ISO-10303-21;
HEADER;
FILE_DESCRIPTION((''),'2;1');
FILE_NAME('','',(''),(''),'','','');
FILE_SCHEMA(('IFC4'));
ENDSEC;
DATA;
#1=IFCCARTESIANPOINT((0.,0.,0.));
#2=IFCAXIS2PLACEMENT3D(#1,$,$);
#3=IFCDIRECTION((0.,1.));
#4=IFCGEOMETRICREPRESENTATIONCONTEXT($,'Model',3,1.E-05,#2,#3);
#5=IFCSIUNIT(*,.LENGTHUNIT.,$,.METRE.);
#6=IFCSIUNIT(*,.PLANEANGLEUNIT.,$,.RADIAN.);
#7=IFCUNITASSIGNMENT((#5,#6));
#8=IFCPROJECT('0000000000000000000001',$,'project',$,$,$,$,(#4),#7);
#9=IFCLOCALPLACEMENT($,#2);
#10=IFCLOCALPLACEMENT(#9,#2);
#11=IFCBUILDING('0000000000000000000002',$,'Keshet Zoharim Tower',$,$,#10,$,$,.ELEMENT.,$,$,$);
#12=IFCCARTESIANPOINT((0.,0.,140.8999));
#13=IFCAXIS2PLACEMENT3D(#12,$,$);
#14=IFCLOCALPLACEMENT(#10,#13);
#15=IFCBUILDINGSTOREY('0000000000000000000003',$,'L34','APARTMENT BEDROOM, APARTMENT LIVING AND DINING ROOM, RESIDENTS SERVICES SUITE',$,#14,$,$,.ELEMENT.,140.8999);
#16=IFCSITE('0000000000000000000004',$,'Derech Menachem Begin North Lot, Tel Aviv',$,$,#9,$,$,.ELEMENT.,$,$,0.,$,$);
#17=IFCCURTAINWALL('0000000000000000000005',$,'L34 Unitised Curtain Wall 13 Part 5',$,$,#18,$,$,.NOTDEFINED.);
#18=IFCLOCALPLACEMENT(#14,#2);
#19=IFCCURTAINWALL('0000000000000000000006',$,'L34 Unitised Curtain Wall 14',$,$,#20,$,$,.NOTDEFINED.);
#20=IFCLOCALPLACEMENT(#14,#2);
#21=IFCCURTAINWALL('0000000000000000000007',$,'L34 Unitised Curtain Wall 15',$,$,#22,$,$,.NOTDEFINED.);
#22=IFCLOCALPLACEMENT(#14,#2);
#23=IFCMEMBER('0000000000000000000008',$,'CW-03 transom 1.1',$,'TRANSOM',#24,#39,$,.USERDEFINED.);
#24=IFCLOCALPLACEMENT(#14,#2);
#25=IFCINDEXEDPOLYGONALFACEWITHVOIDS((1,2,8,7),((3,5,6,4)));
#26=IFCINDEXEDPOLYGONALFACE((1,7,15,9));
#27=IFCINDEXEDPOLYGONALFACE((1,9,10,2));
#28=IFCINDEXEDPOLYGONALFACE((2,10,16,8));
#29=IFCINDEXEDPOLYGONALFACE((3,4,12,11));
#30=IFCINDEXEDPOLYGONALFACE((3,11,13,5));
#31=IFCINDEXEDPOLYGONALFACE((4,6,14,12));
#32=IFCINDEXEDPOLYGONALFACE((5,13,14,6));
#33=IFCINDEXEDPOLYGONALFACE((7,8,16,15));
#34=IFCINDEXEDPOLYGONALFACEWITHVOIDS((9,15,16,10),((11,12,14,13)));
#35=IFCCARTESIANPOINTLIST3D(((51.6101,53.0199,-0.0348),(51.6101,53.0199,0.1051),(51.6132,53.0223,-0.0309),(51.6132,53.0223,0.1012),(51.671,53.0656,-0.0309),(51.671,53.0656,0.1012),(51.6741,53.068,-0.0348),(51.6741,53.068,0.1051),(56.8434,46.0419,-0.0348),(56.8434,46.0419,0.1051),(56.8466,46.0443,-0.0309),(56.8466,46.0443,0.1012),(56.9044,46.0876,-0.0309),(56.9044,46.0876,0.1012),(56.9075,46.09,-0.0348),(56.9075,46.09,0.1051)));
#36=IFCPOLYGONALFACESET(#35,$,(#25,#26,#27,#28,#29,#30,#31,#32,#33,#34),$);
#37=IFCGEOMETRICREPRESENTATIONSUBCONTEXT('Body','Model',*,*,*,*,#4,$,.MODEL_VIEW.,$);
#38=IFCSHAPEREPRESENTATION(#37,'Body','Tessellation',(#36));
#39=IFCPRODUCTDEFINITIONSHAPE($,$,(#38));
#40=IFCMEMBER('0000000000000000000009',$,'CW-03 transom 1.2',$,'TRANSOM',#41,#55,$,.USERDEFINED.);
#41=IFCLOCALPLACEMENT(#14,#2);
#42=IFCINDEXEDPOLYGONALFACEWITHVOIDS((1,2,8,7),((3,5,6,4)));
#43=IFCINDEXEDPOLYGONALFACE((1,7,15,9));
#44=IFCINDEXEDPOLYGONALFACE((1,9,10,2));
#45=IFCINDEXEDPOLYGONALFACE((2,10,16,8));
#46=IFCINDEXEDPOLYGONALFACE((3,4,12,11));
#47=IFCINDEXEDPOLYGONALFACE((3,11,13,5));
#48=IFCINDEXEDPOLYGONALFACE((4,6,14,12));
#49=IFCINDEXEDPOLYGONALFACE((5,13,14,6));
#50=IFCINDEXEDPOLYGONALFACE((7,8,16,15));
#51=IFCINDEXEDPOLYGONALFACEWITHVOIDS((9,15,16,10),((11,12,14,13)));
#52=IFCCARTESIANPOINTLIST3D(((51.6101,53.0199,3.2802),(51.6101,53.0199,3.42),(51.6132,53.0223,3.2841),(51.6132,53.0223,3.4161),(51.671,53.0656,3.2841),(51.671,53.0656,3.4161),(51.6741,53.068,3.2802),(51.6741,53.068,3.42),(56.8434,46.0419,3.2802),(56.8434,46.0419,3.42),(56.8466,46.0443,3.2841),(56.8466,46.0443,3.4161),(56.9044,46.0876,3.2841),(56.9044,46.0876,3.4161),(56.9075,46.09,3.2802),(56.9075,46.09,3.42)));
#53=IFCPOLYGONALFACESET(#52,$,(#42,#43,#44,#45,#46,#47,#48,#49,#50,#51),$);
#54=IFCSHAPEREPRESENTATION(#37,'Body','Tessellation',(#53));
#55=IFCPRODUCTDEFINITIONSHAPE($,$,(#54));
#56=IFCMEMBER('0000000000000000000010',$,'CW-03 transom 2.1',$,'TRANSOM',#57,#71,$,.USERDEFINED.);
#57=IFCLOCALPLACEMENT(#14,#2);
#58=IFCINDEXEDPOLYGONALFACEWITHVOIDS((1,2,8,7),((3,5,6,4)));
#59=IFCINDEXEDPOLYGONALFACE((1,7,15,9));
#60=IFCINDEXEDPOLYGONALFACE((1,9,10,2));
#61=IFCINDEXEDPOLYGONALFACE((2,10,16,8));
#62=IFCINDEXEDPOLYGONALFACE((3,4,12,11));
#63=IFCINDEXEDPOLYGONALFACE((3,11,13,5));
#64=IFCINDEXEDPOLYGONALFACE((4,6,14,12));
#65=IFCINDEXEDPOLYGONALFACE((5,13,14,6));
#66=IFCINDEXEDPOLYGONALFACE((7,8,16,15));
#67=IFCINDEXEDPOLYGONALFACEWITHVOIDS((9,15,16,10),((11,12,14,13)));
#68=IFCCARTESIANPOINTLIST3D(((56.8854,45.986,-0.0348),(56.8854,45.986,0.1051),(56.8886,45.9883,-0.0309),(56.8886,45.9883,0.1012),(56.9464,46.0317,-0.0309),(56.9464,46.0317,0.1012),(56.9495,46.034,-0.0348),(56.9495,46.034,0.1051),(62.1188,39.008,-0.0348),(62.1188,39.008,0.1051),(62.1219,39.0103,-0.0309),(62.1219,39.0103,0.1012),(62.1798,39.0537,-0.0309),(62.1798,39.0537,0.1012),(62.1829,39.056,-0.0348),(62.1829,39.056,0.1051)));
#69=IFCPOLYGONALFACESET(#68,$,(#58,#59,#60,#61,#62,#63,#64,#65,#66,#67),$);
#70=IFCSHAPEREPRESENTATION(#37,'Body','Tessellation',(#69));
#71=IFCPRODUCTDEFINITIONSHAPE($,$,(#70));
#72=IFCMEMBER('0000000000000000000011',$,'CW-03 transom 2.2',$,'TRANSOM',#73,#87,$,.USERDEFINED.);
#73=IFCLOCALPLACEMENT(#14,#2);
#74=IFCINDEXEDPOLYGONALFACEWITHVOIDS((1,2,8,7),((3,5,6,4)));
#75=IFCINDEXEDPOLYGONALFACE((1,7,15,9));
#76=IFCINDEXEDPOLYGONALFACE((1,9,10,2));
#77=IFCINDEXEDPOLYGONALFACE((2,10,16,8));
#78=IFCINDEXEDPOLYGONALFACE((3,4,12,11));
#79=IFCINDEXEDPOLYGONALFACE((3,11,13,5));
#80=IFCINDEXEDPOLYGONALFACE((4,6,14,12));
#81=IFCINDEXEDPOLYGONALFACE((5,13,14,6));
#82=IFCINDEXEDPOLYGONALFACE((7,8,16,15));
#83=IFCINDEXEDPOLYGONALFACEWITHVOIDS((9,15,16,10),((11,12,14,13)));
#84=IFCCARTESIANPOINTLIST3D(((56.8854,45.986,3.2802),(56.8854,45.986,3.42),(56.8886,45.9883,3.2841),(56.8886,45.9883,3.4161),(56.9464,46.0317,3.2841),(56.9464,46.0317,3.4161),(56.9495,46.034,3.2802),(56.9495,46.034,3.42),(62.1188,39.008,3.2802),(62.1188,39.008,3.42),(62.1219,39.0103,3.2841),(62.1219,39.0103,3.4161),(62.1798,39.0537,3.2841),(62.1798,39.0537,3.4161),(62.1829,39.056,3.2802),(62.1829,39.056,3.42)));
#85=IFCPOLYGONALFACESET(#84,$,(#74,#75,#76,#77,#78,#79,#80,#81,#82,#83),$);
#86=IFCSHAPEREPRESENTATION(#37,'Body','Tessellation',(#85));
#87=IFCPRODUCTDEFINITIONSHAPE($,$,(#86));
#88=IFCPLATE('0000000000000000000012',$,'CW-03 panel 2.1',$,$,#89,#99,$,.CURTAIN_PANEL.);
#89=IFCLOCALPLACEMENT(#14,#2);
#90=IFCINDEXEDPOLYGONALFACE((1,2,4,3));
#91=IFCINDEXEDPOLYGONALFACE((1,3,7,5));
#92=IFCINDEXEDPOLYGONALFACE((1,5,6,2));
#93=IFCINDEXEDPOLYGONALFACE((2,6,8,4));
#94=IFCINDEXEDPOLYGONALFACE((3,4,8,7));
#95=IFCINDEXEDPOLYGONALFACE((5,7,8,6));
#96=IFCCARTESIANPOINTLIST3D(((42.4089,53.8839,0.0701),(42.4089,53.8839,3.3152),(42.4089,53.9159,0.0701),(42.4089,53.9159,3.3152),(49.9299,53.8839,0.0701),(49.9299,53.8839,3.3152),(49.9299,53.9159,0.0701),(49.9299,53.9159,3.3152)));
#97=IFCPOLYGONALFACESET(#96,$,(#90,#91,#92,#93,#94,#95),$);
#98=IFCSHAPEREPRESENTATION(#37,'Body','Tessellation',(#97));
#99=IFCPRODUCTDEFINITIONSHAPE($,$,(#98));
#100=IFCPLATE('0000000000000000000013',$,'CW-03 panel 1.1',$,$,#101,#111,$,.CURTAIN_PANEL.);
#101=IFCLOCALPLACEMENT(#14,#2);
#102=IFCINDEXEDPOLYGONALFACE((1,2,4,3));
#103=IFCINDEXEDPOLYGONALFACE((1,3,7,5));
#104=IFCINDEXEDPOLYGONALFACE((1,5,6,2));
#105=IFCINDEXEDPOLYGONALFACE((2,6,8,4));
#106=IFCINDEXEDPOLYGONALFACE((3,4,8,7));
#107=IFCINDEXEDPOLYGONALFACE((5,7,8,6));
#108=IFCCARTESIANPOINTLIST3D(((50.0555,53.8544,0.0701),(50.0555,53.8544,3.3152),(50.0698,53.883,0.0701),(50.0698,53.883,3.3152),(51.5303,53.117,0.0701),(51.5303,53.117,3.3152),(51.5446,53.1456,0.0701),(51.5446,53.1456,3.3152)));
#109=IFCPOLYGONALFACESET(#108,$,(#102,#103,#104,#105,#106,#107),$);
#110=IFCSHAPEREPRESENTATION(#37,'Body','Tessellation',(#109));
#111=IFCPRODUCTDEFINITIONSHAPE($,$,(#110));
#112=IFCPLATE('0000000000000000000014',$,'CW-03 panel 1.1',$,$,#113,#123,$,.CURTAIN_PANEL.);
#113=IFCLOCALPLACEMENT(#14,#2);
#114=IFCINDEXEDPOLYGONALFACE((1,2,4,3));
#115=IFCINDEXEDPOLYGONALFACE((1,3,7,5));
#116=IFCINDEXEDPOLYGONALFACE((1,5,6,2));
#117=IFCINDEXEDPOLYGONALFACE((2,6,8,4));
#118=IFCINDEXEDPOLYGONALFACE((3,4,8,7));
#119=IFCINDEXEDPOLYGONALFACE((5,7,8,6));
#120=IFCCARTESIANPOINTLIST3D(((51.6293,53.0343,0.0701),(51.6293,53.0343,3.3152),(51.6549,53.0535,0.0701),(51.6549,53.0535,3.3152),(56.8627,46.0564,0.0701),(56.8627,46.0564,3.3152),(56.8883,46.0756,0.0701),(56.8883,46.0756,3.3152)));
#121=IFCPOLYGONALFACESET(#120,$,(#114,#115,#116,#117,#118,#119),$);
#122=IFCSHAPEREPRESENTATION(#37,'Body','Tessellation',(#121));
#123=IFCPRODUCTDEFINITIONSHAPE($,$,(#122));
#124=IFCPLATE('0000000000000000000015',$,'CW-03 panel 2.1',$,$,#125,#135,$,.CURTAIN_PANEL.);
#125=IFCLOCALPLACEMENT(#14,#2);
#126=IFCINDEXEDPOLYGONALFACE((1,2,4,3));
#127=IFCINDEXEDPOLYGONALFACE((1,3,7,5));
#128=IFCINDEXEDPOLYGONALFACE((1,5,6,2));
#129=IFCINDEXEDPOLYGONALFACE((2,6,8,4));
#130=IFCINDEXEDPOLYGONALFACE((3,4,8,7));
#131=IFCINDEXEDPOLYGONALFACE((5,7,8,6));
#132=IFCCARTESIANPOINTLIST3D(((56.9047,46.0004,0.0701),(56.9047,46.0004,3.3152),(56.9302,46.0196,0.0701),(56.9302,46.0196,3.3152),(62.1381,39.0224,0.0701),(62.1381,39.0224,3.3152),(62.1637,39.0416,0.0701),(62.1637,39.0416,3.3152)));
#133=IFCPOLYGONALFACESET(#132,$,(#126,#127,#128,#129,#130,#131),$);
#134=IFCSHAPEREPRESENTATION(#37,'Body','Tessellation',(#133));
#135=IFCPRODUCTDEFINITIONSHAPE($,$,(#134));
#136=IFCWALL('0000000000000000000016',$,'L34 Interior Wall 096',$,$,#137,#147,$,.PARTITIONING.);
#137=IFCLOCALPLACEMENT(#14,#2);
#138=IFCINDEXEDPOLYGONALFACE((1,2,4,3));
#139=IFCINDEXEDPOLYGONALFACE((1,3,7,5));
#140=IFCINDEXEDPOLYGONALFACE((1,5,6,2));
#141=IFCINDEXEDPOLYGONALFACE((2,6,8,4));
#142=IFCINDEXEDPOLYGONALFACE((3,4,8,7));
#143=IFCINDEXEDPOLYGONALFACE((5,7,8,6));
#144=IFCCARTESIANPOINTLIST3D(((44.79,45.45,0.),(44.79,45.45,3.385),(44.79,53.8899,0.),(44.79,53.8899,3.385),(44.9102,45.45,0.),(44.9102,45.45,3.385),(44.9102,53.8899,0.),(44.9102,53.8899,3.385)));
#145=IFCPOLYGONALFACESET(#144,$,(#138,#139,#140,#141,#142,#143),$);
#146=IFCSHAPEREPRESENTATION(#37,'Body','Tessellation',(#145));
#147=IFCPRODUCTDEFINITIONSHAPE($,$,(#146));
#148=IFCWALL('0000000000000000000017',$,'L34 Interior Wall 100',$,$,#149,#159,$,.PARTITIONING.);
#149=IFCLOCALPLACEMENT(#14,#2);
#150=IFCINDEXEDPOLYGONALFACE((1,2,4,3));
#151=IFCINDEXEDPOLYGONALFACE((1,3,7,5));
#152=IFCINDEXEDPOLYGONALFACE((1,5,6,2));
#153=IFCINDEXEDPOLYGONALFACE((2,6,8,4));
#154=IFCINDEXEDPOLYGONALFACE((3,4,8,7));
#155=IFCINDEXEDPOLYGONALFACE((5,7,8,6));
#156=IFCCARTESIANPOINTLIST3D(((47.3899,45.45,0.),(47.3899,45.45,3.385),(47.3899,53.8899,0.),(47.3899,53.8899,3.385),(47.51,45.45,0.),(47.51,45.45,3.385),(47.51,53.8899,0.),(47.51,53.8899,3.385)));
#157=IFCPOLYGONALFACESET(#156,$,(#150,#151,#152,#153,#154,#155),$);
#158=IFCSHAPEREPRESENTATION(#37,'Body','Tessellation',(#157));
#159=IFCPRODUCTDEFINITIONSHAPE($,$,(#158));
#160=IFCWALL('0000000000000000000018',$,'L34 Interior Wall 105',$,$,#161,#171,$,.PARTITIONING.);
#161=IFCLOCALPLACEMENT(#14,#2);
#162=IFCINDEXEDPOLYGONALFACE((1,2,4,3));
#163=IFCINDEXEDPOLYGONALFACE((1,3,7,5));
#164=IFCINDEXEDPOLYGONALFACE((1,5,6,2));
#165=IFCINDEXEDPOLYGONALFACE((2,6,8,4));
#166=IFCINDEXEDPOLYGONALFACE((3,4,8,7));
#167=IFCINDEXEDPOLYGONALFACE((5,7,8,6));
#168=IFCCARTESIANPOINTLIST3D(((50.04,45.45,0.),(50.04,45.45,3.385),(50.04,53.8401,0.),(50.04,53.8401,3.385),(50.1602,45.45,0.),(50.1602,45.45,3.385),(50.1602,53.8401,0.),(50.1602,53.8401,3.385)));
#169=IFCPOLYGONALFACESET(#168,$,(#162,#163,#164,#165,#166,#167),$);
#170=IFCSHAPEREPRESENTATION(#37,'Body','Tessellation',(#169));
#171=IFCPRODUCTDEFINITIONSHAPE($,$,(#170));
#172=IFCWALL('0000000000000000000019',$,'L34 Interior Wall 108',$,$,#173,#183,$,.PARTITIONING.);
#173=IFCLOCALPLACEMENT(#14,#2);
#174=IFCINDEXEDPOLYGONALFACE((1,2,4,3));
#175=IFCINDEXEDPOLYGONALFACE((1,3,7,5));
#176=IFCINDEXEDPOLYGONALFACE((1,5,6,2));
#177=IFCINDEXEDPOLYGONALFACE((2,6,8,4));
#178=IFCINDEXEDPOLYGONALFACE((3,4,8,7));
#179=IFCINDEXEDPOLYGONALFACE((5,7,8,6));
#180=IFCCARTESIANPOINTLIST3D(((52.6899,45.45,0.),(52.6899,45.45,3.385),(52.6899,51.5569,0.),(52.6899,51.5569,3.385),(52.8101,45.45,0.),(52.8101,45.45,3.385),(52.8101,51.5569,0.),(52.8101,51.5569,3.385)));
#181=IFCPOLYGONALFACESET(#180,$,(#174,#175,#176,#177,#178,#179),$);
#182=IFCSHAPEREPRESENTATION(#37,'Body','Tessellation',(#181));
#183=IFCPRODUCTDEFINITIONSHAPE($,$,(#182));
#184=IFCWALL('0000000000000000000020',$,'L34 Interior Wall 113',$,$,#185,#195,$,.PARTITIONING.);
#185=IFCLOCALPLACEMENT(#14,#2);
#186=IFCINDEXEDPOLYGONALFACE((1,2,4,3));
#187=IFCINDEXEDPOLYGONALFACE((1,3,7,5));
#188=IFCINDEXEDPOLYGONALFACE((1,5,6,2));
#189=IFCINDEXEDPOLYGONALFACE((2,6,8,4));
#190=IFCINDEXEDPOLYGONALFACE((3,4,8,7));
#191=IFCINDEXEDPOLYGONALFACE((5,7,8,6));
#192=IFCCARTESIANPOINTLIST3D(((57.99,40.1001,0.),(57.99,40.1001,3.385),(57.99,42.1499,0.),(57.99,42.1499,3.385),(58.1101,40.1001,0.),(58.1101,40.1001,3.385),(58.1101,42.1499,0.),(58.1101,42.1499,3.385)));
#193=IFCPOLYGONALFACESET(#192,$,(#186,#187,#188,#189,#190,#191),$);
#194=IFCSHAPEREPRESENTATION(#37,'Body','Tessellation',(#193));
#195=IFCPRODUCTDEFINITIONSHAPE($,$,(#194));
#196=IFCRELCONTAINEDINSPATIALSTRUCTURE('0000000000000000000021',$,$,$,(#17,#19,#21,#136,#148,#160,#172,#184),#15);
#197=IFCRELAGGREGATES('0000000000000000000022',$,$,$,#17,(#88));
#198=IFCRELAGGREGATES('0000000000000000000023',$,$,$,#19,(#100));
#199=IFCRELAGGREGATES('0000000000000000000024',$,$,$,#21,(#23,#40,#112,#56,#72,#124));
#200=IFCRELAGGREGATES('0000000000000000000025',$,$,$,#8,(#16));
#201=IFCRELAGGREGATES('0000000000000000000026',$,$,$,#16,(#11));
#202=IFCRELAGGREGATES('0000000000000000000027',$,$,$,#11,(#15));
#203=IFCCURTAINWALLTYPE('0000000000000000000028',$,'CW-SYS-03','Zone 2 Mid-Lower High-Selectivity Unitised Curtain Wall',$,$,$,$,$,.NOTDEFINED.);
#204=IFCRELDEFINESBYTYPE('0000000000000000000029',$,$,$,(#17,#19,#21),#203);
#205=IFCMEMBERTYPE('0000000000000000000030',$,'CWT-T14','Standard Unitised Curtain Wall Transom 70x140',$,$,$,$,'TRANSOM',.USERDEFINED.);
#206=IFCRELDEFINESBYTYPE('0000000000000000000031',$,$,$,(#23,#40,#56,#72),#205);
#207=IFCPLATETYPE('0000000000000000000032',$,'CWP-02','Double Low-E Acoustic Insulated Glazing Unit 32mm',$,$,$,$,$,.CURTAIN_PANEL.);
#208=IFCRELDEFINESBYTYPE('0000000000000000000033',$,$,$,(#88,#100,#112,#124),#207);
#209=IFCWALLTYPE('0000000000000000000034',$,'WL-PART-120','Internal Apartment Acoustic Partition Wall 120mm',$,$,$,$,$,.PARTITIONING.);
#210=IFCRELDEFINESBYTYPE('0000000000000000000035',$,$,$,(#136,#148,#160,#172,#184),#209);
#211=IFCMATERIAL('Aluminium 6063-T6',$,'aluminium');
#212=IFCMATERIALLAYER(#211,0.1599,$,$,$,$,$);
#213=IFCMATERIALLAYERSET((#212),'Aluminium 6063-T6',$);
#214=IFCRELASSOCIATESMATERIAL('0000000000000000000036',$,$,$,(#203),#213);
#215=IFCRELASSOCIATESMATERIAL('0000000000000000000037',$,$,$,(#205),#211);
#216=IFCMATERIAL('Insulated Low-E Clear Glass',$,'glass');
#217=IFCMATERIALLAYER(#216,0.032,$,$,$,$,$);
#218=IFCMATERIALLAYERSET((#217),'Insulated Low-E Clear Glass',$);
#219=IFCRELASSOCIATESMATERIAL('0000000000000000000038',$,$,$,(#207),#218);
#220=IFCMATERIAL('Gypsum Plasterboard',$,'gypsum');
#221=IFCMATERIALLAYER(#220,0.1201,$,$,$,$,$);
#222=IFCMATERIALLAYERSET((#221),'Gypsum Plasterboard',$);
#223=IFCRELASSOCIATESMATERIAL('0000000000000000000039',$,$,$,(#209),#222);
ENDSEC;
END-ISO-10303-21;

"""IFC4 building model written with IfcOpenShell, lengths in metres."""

from ifc_helpers import new_model, si_unit, direction, frame, frame_2d, origin, origin_2d, place, context, subcontext, project, spatial, rectangle, hollow_rectangle, extrude, material, layer, layer_set, material_profile, profile_set, type_object, element, aggregate, save


model = new_model("IFC4")

# Units and contexts
model_context = context("Model", 3, precision=1e-05, world=origin(), true_north=direction((0.0, 1.0)))
body_context = subcontext(model_context, "Body", "Model", "MODEL_VIEW")
ifc_project = project(units=[si_unit("LENGTHUNIT", "METRE"), si_unit("PLANEANGLEUNIT", "RADIAN")], contexts=[model_context])

# Site, building, storey
site_placement = place(None, origin())
site = spatial("IfcSite", under=ifc_project, at=site_placement, Name="Derech Menachem Begin North Lot, Tel Aviv", CompositionType="ELEMENT", RefElevation=0.0)
building_placement = place(site_placement, origin())
building = spatial("IfcBuilding", under=site, at=building_placement, Name="Keshet Zoharim Tower", CompositionType="ELEMENT")
storey_placement = place(building_placement, frame((0.0, 0.0, 140.8999)))
storey = spatial("IfcBuildingStorey", under=building, at=storey_placement, Name="L34", Description="APARTMENT BEDROOM, APARTMENT LIVING AND DINING ROOM, RESIDENTS SERVICES SUITE", CompositionType="ELEMENT", Elevation=140.8999)

# Curtain wall
ifc_material_1 = material(Name="Aluminium 6063-T6", Category="aluminium")
ifc_layer_1 = layer(ifc_material_1, 0.1599)
ifc_layer_set_1 = layer_set([ifc_layer_1], Name="Aluminium 6063-T6")
curtain_wall_type = type_object("IfcCurtainWallType", Name="CW-SYS-03", Description="Zone 2 Mid-Lower High-Selectivity Unitised Curtain Wall", PredefinedType="NOTDEFINED", material=ifc_layer_set_1)
curtain_wall_1_placement = place(storey_placement, origin())
curtain_wall_1 = element("IfcCurtainWall", 1, at=curtain_wall_1_placement, inside=storey, type_object=curtain_wall_type, Name="L34 Unitised Curtain Wall 13 Part 5", PredefinedType="NOTDEFINED")

# Curtain walls
curtain_wall_2_placement = place(storey_placement, origin())
curtain_wall_2 = element("IfcCurtainWall", 2, at=curtain_wall_2_placement, inside=storey, type_object=curtain_wall_type, Name="L34 Unitised Curtain Wall 14", PredefinedType="NOTDEFINED")
curtain_wall_3_placement = place(storey_placement, origin())
curtain_wall_3 = element("IfcCurtainWall", 3, at=curtain_wall_3_placement, inside=storey, type_object=curtain_wall_type, Name="L34 Unitised Curtain Wall 15", PredefinedType="NOTDEFINED")

# Members
ifc_material_profile_1 = material_profile(ifc_material_1, hollow_rectangle(XDim=0.0801, YDim=0.1399, WallThickness=0.0039, at=origin_2d()), Name="TRN-80x140")
ifc_profile_set_1 = profile_set([ifc_material_profile_1], Name="Aluminium 6063-T6")
member_type_1 = type_object("IfcMemberType", Name="CWT-T14", Description="Standard Unitised Curtain Wall Transom 70x140", ElementType="TRANSOM", PredefinedType="USERDEFINED", material=ifc_profile_set_1)
member_1_placement = place(storey_placement, frame((51.6421, 53.0439, 0.0352), z_axis=(0.599991, -0.800007, 0.0), x_axis=(0.800007, 0.599991, 0.0)))
member_1 = element("IfcMember", 4, at=member_1_placement, type_object=member_type_1, Name="CW-03 transom 1.1", ObjectType="TRANSOM", PredefinedType="USERDEFINED", context=body_context, shape_type="SweptSolid", body=[
    extrude(hollow_rectangle(XDim=0.0801, YDim=0.1399, WallThickness=0.0039, at=origin_2d()), origin(), (0.0, 0.0, 1.0), 8.7224),
])
member_2_placement = place(storey_placement, frame((51.6421, 53.0439, 3.3501), z_axis=(0.599991, -0.800007, 0.0), x_axis=(0.800007, 0.599991, 0.0)))
member_2 = element("IfcMember", 5, at=member_2_placement, type_object=member_type_1, Name="CW-03 transom 1.2", ObjectType="TRANSOM", PredefinedType="USERDEFINED", context=body_context, shape_type="SweptSolid", body=[
    extrude(hollow_rectangle(XDim=0.0801, YDim=0.1399, WallThickness=0.0039, at=origin_2d()), origin(), (0.0, 0.0, 1.0), 8.7224),
])
member_3_placement = place(storey_placement, frame((56.9175, 46.01, 0.0352), z_axis=(0.599991, -0.800007, 0.0), x_axis=(0.800007, 0.599991, 0.0)))
member_3 = element("IfcMember", 6, at=member_3_placement, type_object=member_type_1, Name="CW-03 transom 2.1", ObjectType="TRANSOM", PredefinedType="USERDEFINED", context=body_context, shape_type="SweptSolid", body=[
    extrude(hollow_rectangle(XDim=0.0801, YDim=0.1399, WallThickness=0.0039, at=origin_2d()), origin(), (0.0, 0.0, 1.0), 8.7224),
])
member_4_placement = place(storey_placement, frame((56.9175, 46.01, 3.3501), z_axis=(0.599991, -0.800007, 0.0), x_axis=(0.800007, 0.599991, 0.0)))
member_4 = element("IfcMember", 7, at=member_4_placement, type_object=member_type_1, Name="CW-03 transom 2.2", ObjectType="TRANSOM", PredefinedType="USERDEFINED", context=body_context, shape_type="SweptSolid", body=[
    extrude(hollow_rectangle(XDim=0.0801, YDim=0.1399, WallThickness=0.0039, at=origin_2d()), origin(), (0.0, 0.0, 1.0), 8.7224),
])

# Plates
ifc_material_2 = material(Name="Insulated Low-E Clear Glass", Category="glass")
ifc_layer_2 = layer(ifc_material_2, 0.032)
ifc_layer_set_2 = layer_set([ifc_layer_2], Name="Insulated Low-E Clear Glass")
plate_type = type_object("IfcPlateType", Name="CWP-02", Description="Double Low-E Acoustic Insulated Glazing Unit 32mm", PredefinedType="CURTAIN_PANEL", material=ifc_layer_set_2)
plate_1_placement = place(storey_placement, frame((46.1694, 53.8999, 0.0701), z_axis=(0.0, 0.0, 1.0), x_axis=(1.0, 0.0, 0.0)))
plate_1 = element("IfcPlate", 8, at=plate_1_placement, type_object=plate_type, Name="CW-03 panel 2.1", PredefinedType="CURTAIN_PANEL", context=body_context, shape_type="SweptSolid", body=[
    extrude(rectangle(XDim=7.521, YDim=0.032, at=origin_2d()), origin(), (0.0, 0.0, 1.0), 3.2451),
])
aggregate(curtain_wall_1, [plate_1])
plate_2_placement = place(storey_placement, frame((50.8, 53.5, 0.0701), z_axis=(0.0, 0.0, 1.0), x_axis=(0.894427, -0.447214, 0.0)))
plate_2 = element("IfcPlate", 9, at=plate_2_placement, type_object=plate_type, Name="CW-03 panel 1.1", PredefinedType="CURTAIN_PANEL", context=body_context, shape_type="SweptSolid", body=[
    extrude(rectangle(XDim=1.6489, YDim=0.032, at=origin_2d()), origin(), (0.0, 0.0, 1.0), 3.2451),
])
aggregate(curtain_wall_2, [plate_2])
plate_3_placement = place(storey_placement, frame((54.2588, 49.5549, 0.0701), z_axis=(0.0, 0.0, 1.0), x_axis=(0.6, -0.8, 0.0)))
plate_3 = element("IfcPlate", 10, at=plate_3_placement, type_object=plate_type, Name="CW-03 panel 1.1", PredefinedType="CURTAIN_PANEL", context=body_context, shape_type="SweptSolid", body=[
    extrude(rectangle(XDim=8.7224, YDim=0.032, at=origin_2d()), origin(), (0.0, 0.0, 1.0), 3.2451),
])
plate_4_placement = place(storey_placement, frame((59.5342, 42.521, 0.0701), z_axis=(0.0, 0.0, 1.0), x_axis=(0.6, -0.8, 0.0)))
plate_4 = element("IfcPlate", 11, at=plate_4_placement, type_object=plate_type, Name="CW-03 panel 2.1", PredefinedType="CURTAIN_PANEL", context=body_context, shape_type="SweptSolid", body=[
    extrude(rectangle(XDim=8.7224, YDim=0.032, at=origin_2d()), origin(), (0.0, 0.0, 1.0), 3.2451),
])
aggregate(curtain_wall_3, [member_1, member_2, plate_3, member_3, member_4, plate_4])

# Walls
ifc_material_3 = material(Name="Gypsum Plasterboard", Category="gypsum")
ifc_layer_3 = layer(ifc_material_3, 0.1201)
ifc_layer_set_3 = layer_set([ifc_layer_3], Name="Gypsum Plasterboard")
wall_type_1 = type_object("IfcWallType", Name="WL-PART-120", Description="Internal Apartment Acoustic Partition Wall 120mm", PredefinedType="PARTITIONING", material=ifc_layer_set_3)
for number, where, z_axis, x_axis, name in (
    (12, (44.8501, 45.45, 0.0), (0.0, 0.0, 1.0), (0.0, 1.0, 0.0), "L34 Interior Wall 096"),
    (13, (47.45, 45.45, 0.0), (0.0, 0.0, 1.0), (0.0, 1.0, 0.0), "L34 Interior Wall 100"),
):
    element("IfcWall", number, at=place(storey_placement, frame(where, z_axis=z_axis, x_axis=x_axis)), inside=storey, type_object=wall_type_1, Name=name, PredefinedType="PARTITIONING", context=body_context, shape_type="SweptSolid", body=[
        extrude(rectangle(XDim=8.4399, YDim=0.1201, at=frame_2d((4.22, 0.0))), origin(), (0.0, 0.0, 1.0), 3.385),
    ])
wall_1_placement = place(storey_placement, frame((50.1001, 45.45, 0.0), z_axis=(0.0, 0.0, 1.0), x_axis=(0.0, 1.0, 0.0)))
element("IfcWall", 14, at=wall_1_placement, inside=storey, type_object=wall_type_1, Name="L34 Interior Wall 105", PredefinedType="PARTITIONING", context=body_context, shape_type="SweptSolid", body=[
    extrude(rectangle(XDim=8.3901, YDim=0.1201, at=frame_2d((4.1951, 0.0))), origin(), (0.0, 0.0, 1.0), 3.385),
])
wall_2_placement = place(storey_placement, frame((52.75, 45.45, 0.0), z_axis=(0.0, 0.0, 1.0), x_axis=(0.0, 1.0, 0.0)))
element("IfcWall", 15, at=wall_2_placement, inside=storey, type_object=wall_type_1, Name="L34 Interior Wall 108", PredefinedType="PARTITIONING", context=body_context, shape_type="SweptSolid", body=[
    extrude(rectangle(XDim=6.1069, YDim=0.1201, at=frame_2d((3.0535, 0.0))), origin(), (0.0, 0.0, 1.0), 3.385),
])

# Wall
wall_3_placement = place(storey_placement, frame((58.05, 40.1001, 0.0), z_axis=(0.0, 0.0, 1.0), x_axis=(0.0, 1.0, 0.0)))
element("IfcWall", 16, at=wall_3_placement, inside=storey, type_object=wall_type_1, Name="L34 Interior Wall 113", PredefinedType="PARTITIONING", context=body_context, shape_type="SweptSolid", body=[
    extrude(rectangle(XDim=2.0498, YDim=0.1201, at=frame_2d((1.0249, 0.0))), origin(), (0.0, 0.0, 1.0), 3.385),
])

save(model, "model.ifc")
